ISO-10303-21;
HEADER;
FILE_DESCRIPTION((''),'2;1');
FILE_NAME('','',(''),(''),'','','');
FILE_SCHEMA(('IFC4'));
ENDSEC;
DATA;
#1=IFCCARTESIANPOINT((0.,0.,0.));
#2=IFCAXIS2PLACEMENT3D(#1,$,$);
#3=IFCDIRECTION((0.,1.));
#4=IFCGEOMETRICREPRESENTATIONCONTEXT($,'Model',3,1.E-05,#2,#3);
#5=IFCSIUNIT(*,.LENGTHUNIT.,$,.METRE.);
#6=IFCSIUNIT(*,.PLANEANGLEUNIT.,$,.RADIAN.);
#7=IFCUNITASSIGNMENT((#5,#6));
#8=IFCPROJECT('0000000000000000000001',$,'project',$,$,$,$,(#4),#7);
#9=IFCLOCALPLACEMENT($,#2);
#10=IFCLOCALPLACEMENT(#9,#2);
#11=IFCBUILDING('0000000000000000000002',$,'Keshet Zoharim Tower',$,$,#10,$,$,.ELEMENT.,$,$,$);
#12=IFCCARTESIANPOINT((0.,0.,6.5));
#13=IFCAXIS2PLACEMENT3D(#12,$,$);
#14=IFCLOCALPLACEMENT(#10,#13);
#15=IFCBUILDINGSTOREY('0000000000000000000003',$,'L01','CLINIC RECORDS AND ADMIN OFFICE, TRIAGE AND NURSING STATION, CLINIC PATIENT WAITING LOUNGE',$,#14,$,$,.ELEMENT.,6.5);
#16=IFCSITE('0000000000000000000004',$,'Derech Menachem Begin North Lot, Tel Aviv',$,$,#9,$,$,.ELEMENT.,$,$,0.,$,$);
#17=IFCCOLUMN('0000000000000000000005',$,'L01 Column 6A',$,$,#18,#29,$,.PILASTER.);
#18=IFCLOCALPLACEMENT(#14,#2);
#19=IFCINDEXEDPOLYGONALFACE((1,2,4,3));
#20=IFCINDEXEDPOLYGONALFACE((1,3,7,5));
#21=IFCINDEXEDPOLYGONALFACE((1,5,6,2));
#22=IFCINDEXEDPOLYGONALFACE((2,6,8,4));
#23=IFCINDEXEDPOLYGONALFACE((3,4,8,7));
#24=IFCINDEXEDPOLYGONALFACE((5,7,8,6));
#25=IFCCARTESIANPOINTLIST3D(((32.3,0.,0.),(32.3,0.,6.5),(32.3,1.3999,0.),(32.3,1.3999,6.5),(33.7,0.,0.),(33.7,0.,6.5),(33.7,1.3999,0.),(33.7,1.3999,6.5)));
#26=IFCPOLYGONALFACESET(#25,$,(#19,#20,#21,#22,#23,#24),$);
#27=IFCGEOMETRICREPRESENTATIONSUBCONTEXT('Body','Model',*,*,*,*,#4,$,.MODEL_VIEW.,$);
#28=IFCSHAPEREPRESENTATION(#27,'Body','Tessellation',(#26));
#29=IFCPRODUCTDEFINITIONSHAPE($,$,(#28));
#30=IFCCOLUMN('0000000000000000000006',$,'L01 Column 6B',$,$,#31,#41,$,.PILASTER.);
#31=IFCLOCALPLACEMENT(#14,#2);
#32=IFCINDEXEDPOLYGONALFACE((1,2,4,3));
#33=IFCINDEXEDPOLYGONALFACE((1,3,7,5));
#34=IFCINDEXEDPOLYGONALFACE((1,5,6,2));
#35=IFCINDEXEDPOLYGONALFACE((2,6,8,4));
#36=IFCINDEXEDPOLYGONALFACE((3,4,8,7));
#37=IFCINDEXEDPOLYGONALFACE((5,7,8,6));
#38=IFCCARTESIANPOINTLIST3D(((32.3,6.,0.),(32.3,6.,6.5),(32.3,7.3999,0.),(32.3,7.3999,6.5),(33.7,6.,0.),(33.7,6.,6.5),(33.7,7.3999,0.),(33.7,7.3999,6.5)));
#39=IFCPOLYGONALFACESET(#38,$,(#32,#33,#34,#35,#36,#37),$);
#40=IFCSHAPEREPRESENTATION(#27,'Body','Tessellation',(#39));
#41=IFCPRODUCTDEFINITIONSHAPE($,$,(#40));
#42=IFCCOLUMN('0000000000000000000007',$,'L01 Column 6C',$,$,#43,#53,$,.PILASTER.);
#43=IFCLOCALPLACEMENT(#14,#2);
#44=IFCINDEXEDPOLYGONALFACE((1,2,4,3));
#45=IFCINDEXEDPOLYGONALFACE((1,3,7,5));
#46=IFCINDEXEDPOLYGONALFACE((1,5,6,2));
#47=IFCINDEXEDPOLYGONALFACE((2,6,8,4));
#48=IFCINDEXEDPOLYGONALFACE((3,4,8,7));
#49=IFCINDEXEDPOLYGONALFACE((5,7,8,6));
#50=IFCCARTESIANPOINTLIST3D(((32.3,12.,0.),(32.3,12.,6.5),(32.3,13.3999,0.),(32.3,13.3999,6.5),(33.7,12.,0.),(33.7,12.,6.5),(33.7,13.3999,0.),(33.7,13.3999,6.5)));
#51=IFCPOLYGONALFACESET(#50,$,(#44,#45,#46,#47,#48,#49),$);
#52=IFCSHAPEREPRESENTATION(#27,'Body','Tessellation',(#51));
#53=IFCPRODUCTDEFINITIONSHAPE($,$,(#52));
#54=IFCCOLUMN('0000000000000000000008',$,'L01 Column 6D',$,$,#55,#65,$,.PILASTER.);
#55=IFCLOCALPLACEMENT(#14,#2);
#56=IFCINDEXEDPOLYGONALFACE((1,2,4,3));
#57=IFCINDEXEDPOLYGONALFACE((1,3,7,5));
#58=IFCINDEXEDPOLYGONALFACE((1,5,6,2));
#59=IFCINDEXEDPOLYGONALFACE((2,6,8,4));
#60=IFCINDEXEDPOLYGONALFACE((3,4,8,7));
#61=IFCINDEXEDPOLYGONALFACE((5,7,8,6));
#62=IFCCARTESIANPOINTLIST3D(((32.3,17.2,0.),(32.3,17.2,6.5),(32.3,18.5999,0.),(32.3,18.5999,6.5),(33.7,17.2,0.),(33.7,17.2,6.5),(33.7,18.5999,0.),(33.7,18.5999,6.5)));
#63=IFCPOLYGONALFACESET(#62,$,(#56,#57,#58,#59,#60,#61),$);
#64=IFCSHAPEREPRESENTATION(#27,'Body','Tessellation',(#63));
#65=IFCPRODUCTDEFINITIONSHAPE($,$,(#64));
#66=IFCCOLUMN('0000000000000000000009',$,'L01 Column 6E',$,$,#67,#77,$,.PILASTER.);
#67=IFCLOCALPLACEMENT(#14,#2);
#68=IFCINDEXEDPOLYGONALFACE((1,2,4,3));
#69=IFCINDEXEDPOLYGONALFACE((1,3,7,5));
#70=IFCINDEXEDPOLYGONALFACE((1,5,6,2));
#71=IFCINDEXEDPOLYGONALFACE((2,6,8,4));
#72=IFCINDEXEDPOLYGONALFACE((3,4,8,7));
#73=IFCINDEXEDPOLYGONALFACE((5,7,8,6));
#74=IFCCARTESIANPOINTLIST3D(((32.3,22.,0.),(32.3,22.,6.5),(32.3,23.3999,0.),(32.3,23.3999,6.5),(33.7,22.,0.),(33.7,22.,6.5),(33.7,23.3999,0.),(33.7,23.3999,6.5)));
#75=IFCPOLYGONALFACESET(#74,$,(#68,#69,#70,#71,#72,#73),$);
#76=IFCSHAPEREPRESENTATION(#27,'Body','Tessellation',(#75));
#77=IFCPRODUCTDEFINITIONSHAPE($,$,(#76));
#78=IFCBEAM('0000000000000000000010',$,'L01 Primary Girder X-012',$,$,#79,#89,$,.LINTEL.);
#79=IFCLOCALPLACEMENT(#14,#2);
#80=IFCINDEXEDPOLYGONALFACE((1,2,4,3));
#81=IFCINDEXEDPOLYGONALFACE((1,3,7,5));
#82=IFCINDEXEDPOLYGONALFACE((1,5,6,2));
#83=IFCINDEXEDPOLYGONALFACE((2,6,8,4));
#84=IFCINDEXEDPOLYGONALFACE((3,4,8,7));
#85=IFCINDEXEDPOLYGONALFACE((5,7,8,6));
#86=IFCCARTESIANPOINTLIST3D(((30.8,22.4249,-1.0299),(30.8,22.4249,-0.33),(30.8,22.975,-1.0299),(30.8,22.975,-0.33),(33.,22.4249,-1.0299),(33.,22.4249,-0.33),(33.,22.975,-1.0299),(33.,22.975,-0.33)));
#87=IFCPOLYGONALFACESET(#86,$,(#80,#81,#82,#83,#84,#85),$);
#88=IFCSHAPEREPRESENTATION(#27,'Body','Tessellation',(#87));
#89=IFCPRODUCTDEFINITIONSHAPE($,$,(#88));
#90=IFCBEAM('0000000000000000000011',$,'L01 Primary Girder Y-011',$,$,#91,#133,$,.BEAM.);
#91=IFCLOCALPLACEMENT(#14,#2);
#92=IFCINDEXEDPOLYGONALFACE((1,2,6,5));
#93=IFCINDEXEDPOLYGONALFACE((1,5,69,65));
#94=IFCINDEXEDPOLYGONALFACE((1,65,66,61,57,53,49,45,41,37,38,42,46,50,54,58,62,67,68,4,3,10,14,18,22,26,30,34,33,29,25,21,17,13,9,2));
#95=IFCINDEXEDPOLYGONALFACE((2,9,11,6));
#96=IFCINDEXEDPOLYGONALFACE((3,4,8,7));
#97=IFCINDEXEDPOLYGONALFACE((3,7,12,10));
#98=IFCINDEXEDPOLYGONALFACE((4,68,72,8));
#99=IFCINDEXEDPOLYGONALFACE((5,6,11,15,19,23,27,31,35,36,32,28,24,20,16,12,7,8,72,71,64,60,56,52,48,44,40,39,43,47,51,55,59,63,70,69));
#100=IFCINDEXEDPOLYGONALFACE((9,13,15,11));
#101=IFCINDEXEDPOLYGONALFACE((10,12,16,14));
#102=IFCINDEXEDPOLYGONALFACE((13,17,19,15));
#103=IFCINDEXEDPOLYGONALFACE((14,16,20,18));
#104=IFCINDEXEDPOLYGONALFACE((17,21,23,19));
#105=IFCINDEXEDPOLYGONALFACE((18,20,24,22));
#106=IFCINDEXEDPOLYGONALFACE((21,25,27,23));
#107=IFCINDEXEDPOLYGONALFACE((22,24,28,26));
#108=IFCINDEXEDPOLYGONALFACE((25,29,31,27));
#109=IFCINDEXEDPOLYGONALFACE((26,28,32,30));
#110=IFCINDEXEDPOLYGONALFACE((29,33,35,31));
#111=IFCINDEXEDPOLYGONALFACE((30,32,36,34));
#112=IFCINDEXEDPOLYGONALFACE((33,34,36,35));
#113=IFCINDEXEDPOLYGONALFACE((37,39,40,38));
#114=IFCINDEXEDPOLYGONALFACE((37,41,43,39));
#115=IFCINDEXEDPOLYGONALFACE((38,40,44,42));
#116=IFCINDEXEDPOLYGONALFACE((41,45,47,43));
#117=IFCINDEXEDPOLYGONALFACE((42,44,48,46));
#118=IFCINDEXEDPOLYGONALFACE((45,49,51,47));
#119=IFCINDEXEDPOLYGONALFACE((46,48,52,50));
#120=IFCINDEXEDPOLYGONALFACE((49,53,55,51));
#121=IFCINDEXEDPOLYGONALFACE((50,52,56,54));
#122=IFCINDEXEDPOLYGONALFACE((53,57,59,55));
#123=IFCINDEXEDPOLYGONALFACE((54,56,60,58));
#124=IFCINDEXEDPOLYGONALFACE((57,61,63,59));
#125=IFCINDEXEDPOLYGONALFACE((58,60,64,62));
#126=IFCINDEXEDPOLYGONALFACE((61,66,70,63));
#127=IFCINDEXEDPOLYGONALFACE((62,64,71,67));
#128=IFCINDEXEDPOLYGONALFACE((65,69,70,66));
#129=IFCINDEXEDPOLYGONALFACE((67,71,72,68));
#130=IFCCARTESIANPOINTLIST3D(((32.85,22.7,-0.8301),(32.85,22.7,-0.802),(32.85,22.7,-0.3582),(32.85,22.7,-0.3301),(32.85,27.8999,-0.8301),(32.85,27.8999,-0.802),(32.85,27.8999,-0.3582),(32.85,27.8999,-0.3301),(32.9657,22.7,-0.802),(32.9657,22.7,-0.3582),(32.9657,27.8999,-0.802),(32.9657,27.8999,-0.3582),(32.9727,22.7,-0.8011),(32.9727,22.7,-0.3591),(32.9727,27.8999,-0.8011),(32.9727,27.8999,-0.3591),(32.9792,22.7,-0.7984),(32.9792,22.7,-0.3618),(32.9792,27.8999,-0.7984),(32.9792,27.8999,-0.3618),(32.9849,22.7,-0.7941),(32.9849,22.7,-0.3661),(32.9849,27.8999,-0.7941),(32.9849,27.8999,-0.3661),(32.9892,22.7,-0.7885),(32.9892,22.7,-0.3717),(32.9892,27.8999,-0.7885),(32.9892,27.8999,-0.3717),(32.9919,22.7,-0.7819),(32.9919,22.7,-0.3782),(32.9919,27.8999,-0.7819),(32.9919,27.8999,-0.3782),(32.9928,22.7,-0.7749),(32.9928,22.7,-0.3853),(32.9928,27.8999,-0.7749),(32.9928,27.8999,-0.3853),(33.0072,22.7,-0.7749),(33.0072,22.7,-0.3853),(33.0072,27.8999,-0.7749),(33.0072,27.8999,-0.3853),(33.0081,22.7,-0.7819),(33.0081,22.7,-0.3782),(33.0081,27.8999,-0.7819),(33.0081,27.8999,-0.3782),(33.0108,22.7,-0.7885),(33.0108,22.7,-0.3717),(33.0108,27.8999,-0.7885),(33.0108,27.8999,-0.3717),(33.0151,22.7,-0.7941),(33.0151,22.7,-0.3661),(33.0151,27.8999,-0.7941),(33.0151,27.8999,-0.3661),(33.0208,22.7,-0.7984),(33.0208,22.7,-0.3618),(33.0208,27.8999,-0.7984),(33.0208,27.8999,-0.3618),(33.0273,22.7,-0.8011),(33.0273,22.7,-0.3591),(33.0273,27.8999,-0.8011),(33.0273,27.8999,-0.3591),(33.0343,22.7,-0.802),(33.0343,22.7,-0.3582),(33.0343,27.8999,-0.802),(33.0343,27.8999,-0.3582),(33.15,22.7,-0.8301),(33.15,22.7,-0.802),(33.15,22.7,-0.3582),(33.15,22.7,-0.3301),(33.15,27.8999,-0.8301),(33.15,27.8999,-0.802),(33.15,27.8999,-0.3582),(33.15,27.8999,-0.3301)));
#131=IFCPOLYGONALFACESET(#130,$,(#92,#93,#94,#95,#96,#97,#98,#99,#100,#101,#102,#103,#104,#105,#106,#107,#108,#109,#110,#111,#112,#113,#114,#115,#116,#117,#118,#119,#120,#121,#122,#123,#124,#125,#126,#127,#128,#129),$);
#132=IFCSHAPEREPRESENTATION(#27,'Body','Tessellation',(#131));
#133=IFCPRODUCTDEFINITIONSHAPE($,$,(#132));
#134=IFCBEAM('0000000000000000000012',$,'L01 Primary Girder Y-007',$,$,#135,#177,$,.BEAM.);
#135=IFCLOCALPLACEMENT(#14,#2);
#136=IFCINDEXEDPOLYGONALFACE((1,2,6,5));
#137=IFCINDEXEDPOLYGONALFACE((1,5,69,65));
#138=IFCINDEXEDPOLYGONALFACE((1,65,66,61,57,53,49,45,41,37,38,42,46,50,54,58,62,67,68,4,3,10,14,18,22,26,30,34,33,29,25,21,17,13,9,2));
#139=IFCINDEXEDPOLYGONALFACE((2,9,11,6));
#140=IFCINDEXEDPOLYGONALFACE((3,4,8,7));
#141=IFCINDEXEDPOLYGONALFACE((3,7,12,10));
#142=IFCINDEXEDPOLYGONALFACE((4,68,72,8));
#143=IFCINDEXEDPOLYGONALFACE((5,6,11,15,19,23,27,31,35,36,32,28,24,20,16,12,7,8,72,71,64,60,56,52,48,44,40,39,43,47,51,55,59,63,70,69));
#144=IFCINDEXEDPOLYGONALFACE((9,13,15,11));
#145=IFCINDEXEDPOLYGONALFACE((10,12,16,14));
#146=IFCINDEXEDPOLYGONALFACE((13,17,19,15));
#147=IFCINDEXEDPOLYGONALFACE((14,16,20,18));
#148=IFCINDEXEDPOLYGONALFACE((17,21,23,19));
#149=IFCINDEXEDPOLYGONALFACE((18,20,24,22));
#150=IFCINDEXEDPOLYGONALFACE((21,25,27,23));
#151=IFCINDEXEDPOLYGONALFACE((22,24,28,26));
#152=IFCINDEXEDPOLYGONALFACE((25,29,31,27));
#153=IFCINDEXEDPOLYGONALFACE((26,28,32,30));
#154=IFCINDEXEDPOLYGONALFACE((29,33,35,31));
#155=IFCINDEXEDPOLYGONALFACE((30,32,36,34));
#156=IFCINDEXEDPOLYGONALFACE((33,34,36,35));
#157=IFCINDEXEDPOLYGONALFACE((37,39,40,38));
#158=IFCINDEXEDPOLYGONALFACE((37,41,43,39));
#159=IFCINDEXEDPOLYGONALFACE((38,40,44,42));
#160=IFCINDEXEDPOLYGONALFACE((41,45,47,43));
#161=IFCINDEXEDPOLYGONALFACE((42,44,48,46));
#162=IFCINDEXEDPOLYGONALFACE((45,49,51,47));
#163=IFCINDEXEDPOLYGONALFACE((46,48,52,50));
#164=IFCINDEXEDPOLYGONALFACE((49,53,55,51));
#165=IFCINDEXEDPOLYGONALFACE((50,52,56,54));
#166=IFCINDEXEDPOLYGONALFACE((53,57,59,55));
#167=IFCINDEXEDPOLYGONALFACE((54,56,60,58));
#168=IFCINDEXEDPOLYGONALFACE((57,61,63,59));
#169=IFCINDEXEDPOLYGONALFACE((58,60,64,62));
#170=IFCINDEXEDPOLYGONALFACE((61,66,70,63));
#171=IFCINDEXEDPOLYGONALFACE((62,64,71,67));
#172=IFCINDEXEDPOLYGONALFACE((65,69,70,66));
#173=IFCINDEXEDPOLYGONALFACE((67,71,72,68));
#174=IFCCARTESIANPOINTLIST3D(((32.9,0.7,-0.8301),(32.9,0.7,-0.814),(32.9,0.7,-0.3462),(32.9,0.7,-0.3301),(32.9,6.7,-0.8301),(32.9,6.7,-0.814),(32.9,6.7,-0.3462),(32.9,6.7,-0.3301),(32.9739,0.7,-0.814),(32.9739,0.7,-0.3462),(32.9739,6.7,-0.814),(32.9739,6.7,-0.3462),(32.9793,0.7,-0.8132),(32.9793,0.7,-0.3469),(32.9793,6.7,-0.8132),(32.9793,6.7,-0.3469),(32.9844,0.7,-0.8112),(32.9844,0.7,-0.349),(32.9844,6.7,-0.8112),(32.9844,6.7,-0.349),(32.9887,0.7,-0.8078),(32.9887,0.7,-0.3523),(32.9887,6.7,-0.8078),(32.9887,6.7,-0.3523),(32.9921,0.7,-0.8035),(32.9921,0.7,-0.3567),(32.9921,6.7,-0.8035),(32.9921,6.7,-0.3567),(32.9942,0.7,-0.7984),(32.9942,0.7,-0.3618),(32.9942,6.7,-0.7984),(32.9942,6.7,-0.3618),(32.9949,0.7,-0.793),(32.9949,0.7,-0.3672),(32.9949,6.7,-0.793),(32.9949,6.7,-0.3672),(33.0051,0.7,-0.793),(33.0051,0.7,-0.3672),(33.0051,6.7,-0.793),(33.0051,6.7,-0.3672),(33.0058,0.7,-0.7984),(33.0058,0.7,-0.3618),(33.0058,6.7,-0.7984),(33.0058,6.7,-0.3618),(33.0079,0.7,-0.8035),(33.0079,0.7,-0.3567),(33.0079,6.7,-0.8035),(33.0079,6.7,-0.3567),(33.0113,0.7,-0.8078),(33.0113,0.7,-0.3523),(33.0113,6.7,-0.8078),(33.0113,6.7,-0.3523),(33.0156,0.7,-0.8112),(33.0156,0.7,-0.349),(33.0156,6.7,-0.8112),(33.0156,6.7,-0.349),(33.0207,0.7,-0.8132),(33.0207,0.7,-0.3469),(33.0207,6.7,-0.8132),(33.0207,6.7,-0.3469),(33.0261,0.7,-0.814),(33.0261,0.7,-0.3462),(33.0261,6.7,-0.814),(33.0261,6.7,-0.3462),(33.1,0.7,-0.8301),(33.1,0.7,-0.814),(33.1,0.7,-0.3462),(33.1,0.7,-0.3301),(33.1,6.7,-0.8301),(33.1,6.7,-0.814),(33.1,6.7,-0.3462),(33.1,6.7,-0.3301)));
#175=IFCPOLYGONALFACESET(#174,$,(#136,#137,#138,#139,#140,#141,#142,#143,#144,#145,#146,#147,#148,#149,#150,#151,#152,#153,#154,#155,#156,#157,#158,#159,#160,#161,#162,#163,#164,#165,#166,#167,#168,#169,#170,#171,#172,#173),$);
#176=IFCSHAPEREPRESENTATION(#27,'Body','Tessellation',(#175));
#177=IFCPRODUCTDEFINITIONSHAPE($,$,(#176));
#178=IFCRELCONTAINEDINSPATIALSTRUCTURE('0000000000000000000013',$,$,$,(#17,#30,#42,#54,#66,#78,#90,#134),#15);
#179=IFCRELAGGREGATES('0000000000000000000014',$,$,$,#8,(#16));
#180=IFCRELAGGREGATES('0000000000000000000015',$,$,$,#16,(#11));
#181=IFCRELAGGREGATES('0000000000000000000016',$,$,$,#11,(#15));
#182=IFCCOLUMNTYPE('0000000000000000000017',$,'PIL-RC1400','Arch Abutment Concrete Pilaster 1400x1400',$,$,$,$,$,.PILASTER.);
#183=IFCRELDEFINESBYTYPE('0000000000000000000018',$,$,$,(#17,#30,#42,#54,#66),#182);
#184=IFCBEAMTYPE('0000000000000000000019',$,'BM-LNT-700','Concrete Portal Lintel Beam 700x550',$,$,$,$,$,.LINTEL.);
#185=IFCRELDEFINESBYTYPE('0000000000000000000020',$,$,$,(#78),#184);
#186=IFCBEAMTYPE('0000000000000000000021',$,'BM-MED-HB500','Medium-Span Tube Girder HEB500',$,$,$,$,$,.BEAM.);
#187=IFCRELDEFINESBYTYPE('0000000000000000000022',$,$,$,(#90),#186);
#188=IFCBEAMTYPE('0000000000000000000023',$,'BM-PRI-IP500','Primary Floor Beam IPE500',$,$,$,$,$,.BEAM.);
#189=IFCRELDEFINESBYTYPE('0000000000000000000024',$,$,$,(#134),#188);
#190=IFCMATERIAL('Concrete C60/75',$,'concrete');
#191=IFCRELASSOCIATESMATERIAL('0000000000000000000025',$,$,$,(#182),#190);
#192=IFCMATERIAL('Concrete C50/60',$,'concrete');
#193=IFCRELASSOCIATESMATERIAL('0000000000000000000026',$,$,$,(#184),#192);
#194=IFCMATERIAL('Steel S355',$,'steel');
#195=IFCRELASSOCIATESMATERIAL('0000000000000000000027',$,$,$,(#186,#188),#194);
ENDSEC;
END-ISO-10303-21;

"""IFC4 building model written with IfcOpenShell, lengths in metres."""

from ifc_helpers import new_model, si_unit, direction, frame, origin, origin_2d, place, context, subcontext, project, spatial, rectangle, i_section, extrude, material, material_profile, profile_set, type_object, element, save


model = new_model("IFC4")

# Units and contexts
model_context = context("Model", 3, precision=1e-05, world=origin(), true_north=direction((0.0, 1.0)))
body_context = subcontext(model_context, "Body", "Model", "MODEL_VIEW")
ifc_project = project(units=[si_unit("LENGTHUNIT", "METRE"), si_unit("PLANEANGLEUNIT", "RADIAN")], contexts=[model_context])

# Site, building, storey
site_placement = place(None, origin())
site = spatial("IfcSite", under=ifc_project, at=site_placement, Name="Derech Menachem Begin North Lot, Tel Aviv", CompositionType="ELEMENT", RefElevation=0.0)
building_placement = place(site_placement, origin())
building = spatial("IfcBuilding", under=site, at=building_placement, Name="Keshet Zoharim Tower", CompositionType="ELEMENT")
storey_placement = place(building_placement, frame((0.0, 0.0, 6.5)))
storey = spatial("IfcBuildingStorey", under=building, at=storey_placement, Name="L01", Description="CLINIC RECORDS AND ADMIN OFFICE, TRIAGE AND NURSING STATION, CLINIC PATIENT WAITING LOUNGE", CompositionType="ELEMENT", Elevation=6.5)

# Columns
ifc_material_1 = material(Name="Concrete C60/75", Category="concrete")
ifc_material_profile_1 = material_profile(ifc_material_1, rectangle(XDim=1.3999, YDim=1.3999, at=origin_2d()), Name="RC1400x1400")
ifc_profile_set_1 = profile_set([ifc_material_profile_1], Name="Concrete C60/75")
column_type = type_object("IfcColumnType", Name="PIL-RC1400", Description="Arch Abutment Concrete Pilaster 1400x1400", PredefinedType="PILASTER", material=ifc_profile_set_1)
for number, where, z_axis, x_axis, name in (
    (1, (33.0, 0.7, 0.0), (0.0, 0.0, 1.0), (1.0, 0.0, 0.0), "L01 Column 6A"),
    (2, (33.0, 6.7, 0.0), (0.0, 0.0, 1.0), (1.0, 0.0, 0.0), "L01 Column 6B"),
    (3, (33.0, 12.7, 0.0), (0.0, 0.0, 1.0), (1.0, 0.0, 0.0), "L01 Column 6C"),
    (4, (33.0, 17.8999, 0.0), (0.0, 0.0, 1.0), (1.0, 0.0, 0.0), "L01 Column 6D"),
    (5, (33.0, 22.7, 0.0), (0.0, 0.0, 1.0), (1.0, 0.0, 0.0), "L01 Column 6E"),
):
    element("IfcColumn", number, at=place(storey_placement, frame(where, z_axis=z_axis, x_axis=x_axis)), inside=storey, type_object=column_type, Name=name, PredefinedType="PILASTER", context=body_context, shape_type="SweptSolid", body=[
        extrude(rectangle(XDim=1.3999, YDim=1.3999, at=origin_2d()), origin(), (0.0, 0.0, 1.0), 6.5),
    ])

# Beams
ifc_material_2 = material(Name="Concrete C50/60", Category="concrete")
ifc_material_profile_2 = material_profile(ifc_material_2, rectangle(XDim=0.55, YDim=0.7, at=origin_2d()), Name="RC700x550")
ifc_profile_set_2 = profile_set([ifc_material_profile_2], Name="Concrete C50/60")
beam_type_1 = type_object("IfcBeamType", Name="BM-LNT-700", Description="Concrete Portal Lintel Beam 700x550", PredefinedType="LINTEL", material=ifc_profile_set_2)
beam_1_placement = place(storey_placement, frame((30.8, 22.7, -0.6799), z_axis=(1.0, 0.0, 0.0), x_axis=(0.0, 1.0, 0.0)))
element("IfcBeam", 6, at=beam_1_placement, inside=storey, type_object=beam_type_1, Name="L01 Primary Girder X-012", PredefinedType="LINTEL", context=body_context, shape_type="SweptSolid", body=[
    extrude(rectangle(XDim=0.55, YDim=0.7, at=origin_2d()), origin(), (0.0, 0.0, 1.0), 2.2),
])
ifc_material_3 = material(Name="Steel S355", Category="steel")
ifc_material_profile_3 = material_profile(ifc_material_3, i_section(OverallWidth=0.3, OverallDepth=0.5, WebThickness=0.0144, FlangeThickness=0.0281, FilletRadius=0.0271, at=origin_2d()), Name="HEB500")
ifc_profile_set_3 = profile_set([ifc_material_profile_3], Name="Steel S355")
beam_type_2 = type_object("IfcBeamType", Name="BM-MED-HB500", Description="Medium-Span Tube Girder HEB500", PredefinedType="BEAM", material=ifc_profile_set_3)
beam_2_placement = place(storey_placement, frame((33.0, 22.7, -0.5801), z_axis=(0.0, 1.0, 0.0), x_axis=(-1.0, 0.0, 0.0)))
element("IfcBeam", 7, at=beam_2_placement, inside=storey, type_object=beam_type_2, Name="L01 Primary Girder Y-011", PredefinedType="BEAM", context=body_context, shape_type="SweptSolid", body=[
    extrude(i_section(OverallWidth=0.3, OverallDepth=0.5, WebThickness=0.0144, FlangeThickness=0.0281, FilletRadius=0.0271, at=origin_2d()), origin(), (0.0, 0.0, 1.0), 5.2),
])
ifc_material_profile_4 = material_profile(ifc_material_3, i_section(OverallWidth=0.2, OverallDepth=0.5, WebThickness=0.0103, FlangeThickness=0.0161, FilletRadius=0.021, at=origin_2d()), Name="IPE500")
ifc_profile_set_4 = profile_set([ifc_material_profile_4], Name="Steel S355")
beam_type_3 = type_object("IfcBeamType", Name="BM-PRI-IP500", Description="Primary Floor Beam IPE500", PredefinedType="BEAM", material=ifc_profile_set_4)
for number, where, z_axis, x_axis, name in (
    (8, (33.0, 0.7, -0.5801), (0.0, 1.0, 0.0), (-1.0, 0.0, 0.0), "L01 Primary Girder Y-007"),
):
    element("IfcBeam", number, at=place(storey_placement, frame(where, z_axis=z_axis, x_axis=x_axis)), inside=storey, type_object=beam_type_3, Name=name, PredefinedType="BEAM", context=body_context, shape_type="SweptSolid", body=[
        extrude(i_section(OverallWidth=0.2, OverallDepth=0.5, WebThickness=0.0103, FlangeThickness=0.0161, FilletRadius=0.021, at=origin_2d()), origin(), (0.0, 0.0, 1.0), 6.0),
    ])

save(model, "model.ifc")
